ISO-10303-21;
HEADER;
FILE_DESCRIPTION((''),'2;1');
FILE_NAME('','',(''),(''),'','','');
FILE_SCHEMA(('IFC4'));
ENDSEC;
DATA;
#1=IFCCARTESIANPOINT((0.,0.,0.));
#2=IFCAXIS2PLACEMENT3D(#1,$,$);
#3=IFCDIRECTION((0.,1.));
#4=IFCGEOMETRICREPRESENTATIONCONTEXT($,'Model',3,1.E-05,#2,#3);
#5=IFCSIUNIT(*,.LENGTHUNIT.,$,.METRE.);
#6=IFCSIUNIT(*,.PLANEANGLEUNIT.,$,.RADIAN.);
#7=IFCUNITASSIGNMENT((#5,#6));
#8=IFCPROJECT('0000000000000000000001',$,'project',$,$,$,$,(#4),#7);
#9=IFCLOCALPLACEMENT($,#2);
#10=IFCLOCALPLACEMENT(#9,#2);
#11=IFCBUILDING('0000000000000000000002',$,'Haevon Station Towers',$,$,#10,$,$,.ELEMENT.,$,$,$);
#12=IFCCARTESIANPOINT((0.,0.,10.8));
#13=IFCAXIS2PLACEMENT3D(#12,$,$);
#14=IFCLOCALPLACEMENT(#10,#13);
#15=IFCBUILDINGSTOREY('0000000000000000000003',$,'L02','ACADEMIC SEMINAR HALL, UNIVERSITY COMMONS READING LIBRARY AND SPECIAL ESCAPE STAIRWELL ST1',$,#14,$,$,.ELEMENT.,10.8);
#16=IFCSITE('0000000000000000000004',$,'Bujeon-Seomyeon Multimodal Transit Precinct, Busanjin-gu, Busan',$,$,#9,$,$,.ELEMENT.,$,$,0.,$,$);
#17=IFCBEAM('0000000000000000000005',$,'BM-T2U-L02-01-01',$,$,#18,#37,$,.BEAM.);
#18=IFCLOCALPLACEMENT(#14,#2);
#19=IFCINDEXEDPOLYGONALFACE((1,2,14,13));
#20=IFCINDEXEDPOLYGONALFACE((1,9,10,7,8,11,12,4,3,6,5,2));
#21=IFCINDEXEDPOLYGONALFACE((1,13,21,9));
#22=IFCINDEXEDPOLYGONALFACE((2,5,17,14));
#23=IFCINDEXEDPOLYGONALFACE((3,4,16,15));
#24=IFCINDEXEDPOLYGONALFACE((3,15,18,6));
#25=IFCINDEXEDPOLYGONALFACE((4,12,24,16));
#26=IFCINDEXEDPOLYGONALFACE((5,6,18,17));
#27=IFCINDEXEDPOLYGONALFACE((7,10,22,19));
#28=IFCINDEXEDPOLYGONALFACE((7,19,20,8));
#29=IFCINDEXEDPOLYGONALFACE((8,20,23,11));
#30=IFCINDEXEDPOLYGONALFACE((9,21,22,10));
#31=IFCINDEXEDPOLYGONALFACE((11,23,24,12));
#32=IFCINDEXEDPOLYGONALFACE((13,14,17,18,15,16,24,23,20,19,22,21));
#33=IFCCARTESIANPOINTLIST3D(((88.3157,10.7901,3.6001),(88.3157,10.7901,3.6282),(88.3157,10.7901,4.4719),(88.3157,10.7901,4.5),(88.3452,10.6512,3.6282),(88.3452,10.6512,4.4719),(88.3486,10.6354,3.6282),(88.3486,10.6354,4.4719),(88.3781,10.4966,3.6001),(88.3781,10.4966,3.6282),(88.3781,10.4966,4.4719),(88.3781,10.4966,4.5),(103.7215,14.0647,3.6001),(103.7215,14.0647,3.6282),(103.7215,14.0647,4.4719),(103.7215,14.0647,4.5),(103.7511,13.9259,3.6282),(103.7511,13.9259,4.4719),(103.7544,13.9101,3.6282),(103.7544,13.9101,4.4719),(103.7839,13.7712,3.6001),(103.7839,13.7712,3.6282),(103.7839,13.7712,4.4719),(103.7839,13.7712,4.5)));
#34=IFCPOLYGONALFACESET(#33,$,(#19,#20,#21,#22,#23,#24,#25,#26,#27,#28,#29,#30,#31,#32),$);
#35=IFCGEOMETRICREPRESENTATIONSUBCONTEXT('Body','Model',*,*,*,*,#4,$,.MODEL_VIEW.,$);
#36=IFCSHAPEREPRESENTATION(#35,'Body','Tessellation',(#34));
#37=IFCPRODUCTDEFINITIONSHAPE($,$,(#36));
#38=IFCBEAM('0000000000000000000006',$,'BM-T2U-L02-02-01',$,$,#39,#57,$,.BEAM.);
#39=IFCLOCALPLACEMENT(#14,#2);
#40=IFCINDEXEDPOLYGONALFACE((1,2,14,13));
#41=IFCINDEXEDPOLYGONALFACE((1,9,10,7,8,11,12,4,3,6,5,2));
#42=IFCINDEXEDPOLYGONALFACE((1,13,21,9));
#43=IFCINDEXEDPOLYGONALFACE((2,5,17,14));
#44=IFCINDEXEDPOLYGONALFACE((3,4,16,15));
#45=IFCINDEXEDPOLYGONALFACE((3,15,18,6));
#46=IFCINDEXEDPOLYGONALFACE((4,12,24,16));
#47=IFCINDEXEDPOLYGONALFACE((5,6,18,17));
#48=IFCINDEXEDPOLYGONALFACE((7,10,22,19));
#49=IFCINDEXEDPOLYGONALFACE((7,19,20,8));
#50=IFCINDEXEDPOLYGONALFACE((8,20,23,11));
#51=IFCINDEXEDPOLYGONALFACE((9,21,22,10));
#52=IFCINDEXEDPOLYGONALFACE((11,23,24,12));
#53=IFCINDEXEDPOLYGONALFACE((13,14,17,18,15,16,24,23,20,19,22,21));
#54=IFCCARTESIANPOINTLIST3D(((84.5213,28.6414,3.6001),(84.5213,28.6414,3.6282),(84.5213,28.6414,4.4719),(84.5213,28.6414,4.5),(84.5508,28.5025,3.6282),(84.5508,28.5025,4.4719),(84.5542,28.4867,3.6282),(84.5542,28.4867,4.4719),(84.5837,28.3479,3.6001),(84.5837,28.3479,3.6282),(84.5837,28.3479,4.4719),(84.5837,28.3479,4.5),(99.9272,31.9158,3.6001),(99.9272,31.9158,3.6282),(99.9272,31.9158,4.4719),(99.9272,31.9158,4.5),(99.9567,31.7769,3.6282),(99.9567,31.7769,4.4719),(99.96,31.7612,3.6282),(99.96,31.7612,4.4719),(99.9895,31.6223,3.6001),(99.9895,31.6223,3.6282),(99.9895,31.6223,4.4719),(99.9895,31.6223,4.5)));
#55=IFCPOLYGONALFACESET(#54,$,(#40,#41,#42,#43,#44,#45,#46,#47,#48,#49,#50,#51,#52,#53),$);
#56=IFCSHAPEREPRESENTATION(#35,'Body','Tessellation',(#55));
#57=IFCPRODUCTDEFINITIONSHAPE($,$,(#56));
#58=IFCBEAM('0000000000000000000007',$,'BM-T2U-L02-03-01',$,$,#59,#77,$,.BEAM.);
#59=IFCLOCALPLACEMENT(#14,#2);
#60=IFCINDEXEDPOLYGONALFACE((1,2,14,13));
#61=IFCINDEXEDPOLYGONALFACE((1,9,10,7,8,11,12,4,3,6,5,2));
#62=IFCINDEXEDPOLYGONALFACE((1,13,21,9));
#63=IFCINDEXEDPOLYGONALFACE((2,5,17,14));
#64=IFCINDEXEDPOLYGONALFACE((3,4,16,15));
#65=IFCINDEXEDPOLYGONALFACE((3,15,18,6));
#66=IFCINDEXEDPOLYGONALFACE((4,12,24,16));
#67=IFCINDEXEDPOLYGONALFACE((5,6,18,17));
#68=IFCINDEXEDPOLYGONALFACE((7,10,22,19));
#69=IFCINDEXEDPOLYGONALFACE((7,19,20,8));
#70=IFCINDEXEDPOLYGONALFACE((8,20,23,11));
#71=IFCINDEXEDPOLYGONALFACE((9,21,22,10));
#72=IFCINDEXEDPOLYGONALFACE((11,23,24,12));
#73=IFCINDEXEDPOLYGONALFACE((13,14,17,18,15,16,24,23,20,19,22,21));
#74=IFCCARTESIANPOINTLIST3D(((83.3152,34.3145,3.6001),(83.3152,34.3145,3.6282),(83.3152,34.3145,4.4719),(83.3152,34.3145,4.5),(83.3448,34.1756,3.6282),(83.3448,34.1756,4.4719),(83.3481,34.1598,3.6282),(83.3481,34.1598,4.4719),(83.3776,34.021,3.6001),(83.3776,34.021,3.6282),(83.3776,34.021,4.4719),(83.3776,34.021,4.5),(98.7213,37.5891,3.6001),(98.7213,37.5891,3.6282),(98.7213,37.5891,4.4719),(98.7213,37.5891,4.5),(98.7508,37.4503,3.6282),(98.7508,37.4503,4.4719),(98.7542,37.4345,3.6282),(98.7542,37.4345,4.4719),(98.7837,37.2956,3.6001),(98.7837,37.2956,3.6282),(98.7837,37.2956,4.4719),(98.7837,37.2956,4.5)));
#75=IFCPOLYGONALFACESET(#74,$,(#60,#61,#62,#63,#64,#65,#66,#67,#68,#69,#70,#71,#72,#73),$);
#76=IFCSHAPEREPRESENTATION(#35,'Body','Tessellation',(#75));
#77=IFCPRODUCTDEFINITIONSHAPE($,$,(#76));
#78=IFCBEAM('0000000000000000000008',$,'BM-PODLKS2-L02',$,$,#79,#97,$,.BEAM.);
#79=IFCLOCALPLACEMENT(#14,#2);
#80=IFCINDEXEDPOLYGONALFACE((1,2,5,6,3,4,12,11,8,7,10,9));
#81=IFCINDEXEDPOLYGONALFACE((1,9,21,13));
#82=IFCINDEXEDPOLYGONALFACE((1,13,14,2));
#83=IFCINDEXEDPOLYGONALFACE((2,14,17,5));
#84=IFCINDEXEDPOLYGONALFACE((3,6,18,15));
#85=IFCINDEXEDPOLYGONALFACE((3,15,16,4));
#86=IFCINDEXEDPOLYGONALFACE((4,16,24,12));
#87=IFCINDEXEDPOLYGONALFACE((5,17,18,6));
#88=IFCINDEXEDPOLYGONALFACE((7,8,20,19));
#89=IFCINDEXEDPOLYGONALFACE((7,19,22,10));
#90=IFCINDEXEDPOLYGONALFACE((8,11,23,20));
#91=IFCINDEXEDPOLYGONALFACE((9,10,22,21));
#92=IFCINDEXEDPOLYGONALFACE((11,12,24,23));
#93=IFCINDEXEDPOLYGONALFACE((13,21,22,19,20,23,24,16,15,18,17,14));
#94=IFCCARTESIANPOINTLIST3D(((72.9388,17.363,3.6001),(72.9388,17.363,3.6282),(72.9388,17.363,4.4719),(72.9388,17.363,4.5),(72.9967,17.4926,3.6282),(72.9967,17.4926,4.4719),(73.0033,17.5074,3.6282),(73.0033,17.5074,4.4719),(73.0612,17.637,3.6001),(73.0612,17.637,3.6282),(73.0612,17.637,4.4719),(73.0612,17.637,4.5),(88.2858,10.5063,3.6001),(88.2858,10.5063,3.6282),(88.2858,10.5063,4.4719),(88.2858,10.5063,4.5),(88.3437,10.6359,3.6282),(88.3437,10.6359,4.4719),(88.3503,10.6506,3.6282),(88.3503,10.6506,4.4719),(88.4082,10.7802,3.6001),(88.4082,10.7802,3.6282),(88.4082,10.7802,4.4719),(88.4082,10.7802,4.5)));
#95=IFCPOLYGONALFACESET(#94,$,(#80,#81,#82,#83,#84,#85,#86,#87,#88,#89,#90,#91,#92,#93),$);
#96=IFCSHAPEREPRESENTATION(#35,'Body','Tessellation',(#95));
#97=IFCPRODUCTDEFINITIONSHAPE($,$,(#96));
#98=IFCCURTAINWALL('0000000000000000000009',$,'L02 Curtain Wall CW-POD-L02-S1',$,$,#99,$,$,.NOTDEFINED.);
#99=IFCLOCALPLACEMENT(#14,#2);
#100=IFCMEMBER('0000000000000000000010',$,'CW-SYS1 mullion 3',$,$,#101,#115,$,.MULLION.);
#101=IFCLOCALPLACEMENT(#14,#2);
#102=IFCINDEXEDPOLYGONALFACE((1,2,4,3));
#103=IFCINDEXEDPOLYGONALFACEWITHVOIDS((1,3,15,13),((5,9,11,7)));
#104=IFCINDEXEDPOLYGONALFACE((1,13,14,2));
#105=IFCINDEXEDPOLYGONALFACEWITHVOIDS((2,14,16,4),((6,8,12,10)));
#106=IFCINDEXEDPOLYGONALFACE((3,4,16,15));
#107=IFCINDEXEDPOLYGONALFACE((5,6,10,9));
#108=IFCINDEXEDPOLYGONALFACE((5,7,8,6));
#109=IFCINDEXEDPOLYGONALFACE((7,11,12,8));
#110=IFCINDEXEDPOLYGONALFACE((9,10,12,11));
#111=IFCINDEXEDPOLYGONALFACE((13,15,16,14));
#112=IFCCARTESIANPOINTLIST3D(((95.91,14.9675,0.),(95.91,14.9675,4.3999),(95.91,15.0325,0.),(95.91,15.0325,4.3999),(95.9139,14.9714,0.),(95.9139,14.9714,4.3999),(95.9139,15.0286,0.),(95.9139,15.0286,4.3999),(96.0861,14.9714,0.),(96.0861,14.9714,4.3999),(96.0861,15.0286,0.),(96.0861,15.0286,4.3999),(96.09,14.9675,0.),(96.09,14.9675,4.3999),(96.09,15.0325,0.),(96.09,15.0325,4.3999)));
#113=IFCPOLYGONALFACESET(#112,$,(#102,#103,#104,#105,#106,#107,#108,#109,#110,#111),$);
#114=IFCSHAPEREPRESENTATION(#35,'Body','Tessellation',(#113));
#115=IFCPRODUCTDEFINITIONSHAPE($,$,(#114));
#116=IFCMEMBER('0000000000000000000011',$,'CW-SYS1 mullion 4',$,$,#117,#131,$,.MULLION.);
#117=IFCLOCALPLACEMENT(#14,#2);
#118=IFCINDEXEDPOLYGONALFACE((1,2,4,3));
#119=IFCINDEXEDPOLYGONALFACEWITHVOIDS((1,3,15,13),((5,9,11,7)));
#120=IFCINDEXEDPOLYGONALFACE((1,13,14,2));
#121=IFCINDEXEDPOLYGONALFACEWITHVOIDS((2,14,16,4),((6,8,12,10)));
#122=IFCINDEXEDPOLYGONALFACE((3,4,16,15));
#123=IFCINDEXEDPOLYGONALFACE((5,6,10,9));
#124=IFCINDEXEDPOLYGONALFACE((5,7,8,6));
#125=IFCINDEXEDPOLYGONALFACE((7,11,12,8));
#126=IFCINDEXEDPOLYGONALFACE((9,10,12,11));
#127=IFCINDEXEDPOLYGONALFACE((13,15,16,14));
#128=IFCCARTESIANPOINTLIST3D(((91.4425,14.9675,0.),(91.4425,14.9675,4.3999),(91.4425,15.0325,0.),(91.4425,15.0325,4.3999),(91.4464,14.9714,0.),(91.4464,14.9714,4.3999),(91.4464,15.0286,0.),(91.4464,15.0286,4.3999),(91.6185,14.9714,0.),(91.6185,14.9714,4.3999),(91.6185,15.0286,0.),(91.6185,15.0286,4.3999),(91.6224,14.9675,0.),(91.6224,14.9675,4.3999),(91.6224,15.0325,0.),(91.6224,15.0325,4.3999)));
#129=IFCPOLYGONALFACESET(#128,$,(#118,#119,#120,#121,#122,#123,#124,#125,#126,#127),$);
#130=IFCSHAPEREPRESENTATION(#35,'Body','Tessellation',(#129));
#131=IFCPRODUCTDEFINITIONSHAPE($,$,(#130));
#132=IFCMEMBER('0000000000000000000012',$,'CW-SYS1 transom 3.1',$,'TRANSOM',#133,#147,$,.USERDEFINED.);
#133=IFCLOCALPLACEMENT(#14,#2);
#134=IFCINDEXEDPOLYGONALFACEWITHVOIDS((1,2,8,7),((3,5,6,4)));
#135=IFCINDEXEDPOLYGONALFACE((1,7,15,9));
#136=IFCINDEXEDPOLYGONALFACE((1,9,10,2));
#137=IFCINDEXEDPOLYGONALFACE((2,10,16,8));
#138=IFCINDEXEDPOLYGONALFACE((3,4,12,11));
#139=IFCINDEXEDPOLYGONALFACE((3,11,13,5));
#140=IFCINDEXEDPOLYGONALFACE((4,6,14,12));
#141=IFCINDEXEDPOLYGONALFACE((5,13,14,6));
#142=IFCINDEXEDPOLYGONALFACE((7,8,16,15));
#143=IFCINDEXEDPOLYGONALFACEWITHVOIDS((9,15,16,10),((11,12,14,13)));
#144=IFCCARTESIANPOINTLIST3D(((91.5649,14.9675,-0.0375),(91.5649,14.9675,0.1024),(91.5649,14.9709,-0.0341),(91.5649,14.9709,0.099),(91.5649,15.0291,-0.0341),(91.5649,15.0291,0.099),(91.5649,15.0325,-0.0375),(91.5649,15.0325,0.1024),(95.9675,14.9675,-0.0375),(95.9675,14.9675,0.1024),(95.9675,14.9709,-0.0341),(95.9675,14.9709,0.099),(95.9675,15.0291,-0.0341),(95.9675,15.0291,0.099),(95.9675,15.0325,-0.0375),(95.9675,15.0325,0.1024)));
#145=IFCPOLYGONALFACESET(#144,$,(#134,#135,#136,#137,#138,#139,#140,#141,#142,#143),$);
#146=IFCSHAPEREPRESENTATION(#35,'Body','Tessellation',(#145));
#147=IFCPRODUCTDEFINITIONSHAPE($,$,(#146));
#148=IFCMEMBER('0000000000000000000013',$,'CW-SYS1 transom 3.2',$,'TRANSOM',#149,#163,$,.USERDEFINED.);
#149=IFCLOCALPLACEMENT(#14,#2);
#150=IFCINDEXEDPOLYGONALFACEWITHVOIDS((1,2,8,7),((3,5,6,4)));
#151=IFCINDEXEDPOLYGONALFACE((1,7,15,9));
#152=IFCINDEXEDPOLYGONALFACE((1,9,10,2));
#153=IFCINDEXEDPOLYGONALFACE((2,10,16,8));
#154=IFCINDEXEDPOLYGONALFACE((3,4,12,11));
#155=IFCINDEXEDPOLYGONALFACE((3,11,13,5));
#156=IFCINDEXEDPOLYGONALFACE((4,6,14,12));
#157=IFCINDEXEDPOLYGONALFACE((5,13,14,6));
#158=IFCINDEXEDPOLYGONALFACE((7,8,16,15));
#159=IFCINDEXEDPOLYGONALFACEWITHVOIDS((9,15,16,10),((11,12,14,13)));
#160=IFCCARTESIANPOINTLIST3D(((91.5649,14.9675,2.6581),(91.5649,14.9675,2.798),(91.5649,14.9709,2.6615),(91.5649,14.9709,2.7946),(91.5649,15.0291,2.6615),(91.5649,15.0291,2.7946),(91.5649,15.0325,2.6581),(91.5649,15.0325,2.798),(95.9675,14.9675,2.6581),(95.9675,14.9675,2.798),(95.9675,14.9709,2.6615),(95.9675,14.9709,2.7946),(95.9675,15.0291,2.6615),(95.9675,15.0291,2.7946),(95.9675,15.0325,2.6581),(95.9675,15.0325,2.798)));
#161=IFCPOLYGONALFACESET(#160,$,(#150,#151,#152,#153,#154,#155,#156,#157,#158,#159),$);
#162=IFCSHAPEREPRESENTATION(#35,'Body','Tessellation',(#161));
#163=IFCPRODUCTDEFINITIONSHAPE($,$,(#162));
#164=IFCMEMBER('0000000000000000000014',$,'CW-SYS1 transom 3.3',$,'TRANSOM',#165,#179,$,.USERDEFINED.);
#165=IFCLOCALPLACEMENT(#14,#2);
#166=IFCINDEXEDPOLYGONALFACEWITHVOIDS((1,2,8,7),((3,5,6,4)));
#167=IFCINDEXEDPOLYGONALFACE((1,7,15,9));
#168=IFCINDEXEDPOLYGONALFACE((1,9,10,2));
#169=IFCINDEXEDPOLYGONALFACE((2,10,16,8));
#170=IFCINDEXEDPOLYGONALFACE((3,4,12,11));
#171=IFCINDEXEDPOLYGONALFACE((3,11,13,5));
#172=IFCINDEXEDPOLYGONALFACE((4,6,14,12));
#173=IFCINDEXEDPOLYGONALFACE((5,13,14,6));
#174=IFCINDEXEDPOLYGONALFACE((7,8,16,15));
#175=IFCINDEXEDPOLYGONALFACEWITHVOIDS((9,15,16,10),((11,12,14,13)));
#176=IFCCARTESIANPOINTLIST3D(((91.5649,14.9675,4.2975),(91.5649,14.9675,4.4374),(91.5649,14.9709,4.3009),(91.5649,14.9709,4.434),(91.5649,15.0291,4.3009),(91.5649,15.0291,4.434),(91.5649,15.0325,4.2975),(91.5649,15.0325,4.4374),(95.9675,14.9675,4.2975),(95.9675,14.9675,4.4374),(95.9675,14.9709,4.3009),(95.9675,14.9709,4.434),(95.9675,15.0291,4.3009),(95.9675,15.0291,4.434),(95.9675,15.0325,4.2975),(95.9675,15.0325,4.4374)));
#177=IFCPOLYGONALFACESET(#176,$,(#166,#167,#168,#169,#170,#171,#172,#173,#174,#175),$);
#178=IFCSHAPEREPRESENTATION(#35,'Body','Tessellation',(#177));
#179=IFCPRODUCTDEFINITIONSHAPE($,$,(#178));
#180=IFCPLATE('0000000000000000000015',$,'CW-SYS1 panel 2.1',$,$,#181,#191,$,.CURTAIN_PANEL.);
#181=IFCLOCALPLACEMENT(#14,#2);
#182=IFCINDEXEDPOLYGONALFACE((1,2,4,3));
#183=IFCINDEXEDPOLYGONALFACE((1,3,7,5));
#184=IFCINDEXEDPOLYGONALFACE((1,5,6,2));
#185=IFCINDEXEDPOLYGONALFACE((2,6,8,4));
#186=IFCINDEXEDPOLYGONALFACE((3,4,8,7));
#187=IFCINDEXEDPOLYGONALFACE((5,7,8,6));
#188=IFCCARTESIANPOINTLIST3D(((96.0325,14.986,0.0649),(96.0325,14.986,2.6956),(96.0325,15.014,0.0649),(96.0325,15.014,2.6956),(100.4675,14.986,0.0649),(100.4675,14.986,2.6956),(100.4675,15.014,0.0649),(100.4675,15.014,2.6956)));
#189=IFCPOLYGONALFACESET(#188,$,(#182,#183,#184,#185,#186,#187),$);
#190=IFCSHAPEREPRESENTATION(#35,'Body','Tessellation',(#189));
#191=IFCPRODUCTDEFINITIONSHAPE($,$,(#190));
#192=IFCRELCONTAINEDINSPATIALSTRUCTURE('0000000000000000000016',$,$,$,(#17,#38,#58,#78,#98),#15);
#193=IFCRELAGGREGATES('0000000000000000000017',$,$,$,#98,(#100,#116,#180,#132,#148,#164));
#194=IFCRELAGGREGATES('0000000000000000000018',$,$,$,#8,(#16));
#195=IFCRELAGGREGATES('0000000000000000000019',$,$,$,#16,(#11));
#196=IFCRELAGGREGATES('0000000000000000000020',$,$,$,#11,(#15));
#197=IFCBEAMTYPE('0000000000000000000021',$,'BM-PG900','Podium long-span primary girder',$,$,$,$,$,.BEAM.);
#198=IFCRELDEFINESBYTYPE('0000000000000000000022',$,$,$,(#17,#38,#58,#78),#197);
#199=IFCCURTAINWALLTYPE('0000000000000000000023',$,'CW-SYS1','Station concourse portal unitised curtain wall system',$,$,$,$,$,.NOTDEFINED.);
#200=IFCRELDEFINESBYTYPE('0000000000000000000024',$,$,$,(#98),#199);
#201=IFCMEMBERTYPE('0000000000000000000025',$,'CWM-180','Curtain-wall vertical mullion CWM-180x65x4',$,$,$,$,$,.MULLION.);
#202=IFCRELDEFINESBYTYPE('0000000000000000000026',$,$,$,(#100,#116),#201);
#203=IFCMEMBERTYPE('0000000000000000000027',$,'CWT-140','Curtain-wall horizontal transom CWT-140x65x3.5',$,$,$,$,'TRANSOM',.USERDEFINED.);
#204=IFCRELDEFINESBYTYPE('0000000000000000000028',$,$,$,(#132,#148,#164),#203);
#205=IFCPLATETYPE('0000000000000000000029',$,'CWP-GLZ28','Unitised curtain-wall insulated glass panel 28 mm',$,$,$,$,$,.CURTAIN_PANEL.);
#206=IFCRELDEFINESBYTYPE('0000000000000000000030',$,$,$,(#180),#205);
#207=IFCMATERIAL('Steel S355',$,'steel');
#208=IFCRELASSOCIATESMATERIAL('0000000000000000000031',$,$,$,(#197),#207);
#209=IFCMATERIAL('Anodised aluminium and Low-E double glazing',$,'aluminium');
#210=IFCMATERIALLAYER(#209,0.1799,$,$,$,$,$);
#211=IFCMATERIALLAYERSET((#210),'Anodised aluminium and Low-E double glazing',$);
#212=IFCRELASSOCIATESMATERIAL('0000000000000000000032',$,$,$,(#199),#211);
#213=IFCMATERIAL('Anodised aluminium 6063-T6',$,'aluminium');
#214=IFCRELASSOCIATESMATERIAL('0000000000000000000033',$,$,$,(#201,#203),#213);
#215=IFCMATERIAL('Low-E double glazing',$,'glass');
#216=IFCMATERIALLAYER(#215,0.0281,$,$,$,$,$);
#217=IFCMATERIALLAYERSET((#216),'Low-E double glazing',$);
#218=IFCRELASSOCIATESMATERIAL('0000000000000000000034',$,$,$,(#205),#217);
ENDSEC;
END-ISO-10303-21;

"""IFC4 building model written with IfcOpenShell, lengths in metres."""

from ifc_helpers import new_model, si_unit, direction, frame, origin, origin_2d, place, context, subcontext, project, spatial, rectangle, hollow_rectangle, i_section, extrude, material, layer, layer_set, material_profile, profile_set, type_object, element, aggregate, save


model = new_model("IFC4")

# Units and contexts
model_context = context("Model", 3, precision=1e-05, world=origin(), true_north=direction((0.0, 1.0)))
body_context = subcontext(model_context, "Body", "Model", "MODEL_VIEW")
ifc_project = project(units=[si_unit("LENGTHUNIT", "METRE"), si_unit("PLANEANGLEUNIT", "RADIAN")], contexts=[model_context])

# Site, building, storey
site_placement = place(None, origin())
site = spatial("IfcSite", under=ifc_project, at=site_placement, Name="Bujeon-Seomyeon Multimodal Transit Precinct, Busanjin-gu, Busan", CompositionType="ELEMENT", RefElevation=0.0)
building_placement = place(site_placement, origin())
building = spatial("IfcBuilding", under=site, at=building_placement, Name="Haevon Station Towers", CompositionType="ELEMENT")
storey_placement = place(building_placement, frame((0.0, 0.0, 10.8)))
storey = spatial("IfcBuildingStorey", under=building, at=storey_placement, Name="L02", Description="ACADEMIC SEMINAR HALL, UNIVERSITY COMMONS READING LIBRARY AND SPECIAL ESCAPE STAIRWELL ST1", CompositionType="ELEMENT", Elevation=10.8)

# Beams
ifc_material_1 = material(Name="Steel S355", Category="steel")
ifc_material_profile_1 = material_profile(ifc_material_1, i_section(OverallWidth=0.3, OverallDepth=0.8999, WebThickness=0.0161, FlangeThickness=0.0281, at=origin_2d()), Name="H-900x300x16x28")
ifc_profile_set_1 = profile_set([ifc_material_profile_1], Name="Steel S355")
beam_type_1 = type_object("IfcBeamType", Name="BM-PG900", Description="Podium long-span primary girder", PredefinedType="BEAM", material=ifc_profile_set_1)
for number, where, z_axis, x_axis, name in (
    (1, (88.3469, 10.6433, 4.05), (0.978147, 0.207915, 0.0), (-0.207915, 0.978147, 0.0), "BM-T2U-L02-01-01"),
    (2, (84.5525, 28.4946, 4.05), (0.97815, 0.207901, 0.0), (-0.207901, 0.97815, 0.0), "BM-T2U-L02-02-01"),
):
    element("IfcBeam", number, at=place(storey_placement, frame(where, z_axis=z_axis, x_axis=x_axis)), inside=storey, type_object=beam_type_1, Name=name, PredefinedType="BEAM", context=body_context, shape_type="SweptSolid", body=[
        extrude(i_section(OverallWidth=0.3, OverallDepth=0.8999, WebThickness=0.0161, FlangeThickness=0.0281, at=origin_2d()), origin(), (0.0, 0.0, 1.0), 15.75),
    ])
beam_1_placement = place(storey_placement, frame((83.3464, 34.1677, 4.05), z_axis=(0.978147, 0.207912, 0.0), x_axis=(-0.207912, 0.978147, 0.0)))
element("IfcBeam", 3, at=beam_1_placement, inside=storey, type_object=beam_type_1, Name="BM-T2U-L02-03-01", PredefinedType="BEAM", context=body_context, shape_type="SweptSolid", body=[
    extrude(i_section(OverallWidth=0.3, OverallDepth=0.8999, WebThickness=0.0161, FlangeThickness=0.0281, at=origin_2d()), origin(), (0.0, 0.0, 1.0), 15.7502),
])
beam_2_placement = place(storey_placement, frame((73.0, 17.5, 4.05), z_axis=(0.913019, -0.407918, 0.0), x_axis=(0.407918, 0.913019, 0.0)))
element("IfcBeam", 4, at=beam_2_placement, inside=storey, type_object=beam_type_1, Name="BM-PODLKS2-L02", PredefinedType="BEAM", context=body_context, shape_type="SweptSolid", body=[
    extrude(i_section(OverallWidth=0.3, OverallDepth=0.8999, WebThickness=0.0161, FlangeThickness=0.0281, at=origin_2d()), origin(), (0.0, 0.0, 1.0), 16.8091),
])

# Curtain wall, members, plate
ifc_material_2 = material(Name="Anodised aluminium and Low-E double glazing", Category="aluminium")
ifc_layer_1 = layer(ifc_material_2, 0.1799)
ifc_layer_set_1 = layer_set([ifc_layer_1], Name="Anodised aluminium and Low-E double glazing")
curtain_wall_type = type_object("IfcCurtainWallType", Name="CW-SYS1", Description="Station concourse portal unitised curtain wall system", PredefinedType="NOTDEFINED", material=ifc_layer_set_1)
curtain_wall_placement = place(storey_placement, origin())
curtain_wall = element("IfcCurtainWall", 5, at=curtain_wall_placement, inside=storey, type_object=curtain_wall_type, Name="L02 Curtain Wall CW-POD-L02-S1", PredefinedType="NOTDEFINED")
ifc_material_3 = material(Name="Anodised aluminium 6063-T6", Category="aluminium")
ifc_material_profile_2 = material_profile(ifc_material_3, hollow_rectangle(XDim=0.0649, YDim=0.1799, WallThickness=0.0039, at=origin_2d()), Name="CWM-180x65x4")
ifc_profile_set_2 = profile_set([ifc_material_profile_2], Name="Anodised aluminium 6063-T6")
member_type_1 = type_object("IfcMemberType", Name="CWM-180", Description="Curtain-wall vertical mullion CWM-180x65x4", PredefinedType="MULLION", material=ifc_profile_set_2)
member_1_placement = place(storey_placement, frame((96.0, 15.0, 0.0), z_axis=(0.0, 0.0, 1.0), x_axis=(0.0, -1.0, 0.0)))
member_1 = element("IfcMember", 6, at=member_1_placement, type_object=member_type_1, Name="CW-SYS1 mullion 3", PredefinedType="MULLION", context=body_context, shape_type="SweptSolid", body=[
    extrude(hollow_rectangle(XDim=0.0649, YDim=0.1799, WallThickness=0.0039, at=origin_2d()), origin(), (0.0, 0.0, 1.0), 4.3999),
])
member_2_placement = place(storey_placement, frame((91.5325, 15.0, 0.0), z_axis=(0.0, 0.0, 1.0), x_axis=(0.0, -1.0, 0.0)))
member_2 = element("IfcMember", 7, at=member_2_placement, type_object=member_type_1, Name="CW-SYS1 mullion 4", PredefinedType="MULLION", context=body_context, shape_type="SweptSolid", body=[
    extrude(hollow_rectangle(XDim=0.0649, YDim=0.1799, WallThickness=0.0039, at=origin_2d()), origin(), (0.0, 0.0, 1.0), 4.3999),
])
ifc_material_profile_3 = material_profile(ifc_material_3, hollow_rectangle(XDim=0.0649, YDim=0.1399, WallThickness=0.0034, at=origin_2d()), Name="CWT-140x65x3.5")
ifc_profile_set_3 = profile_set([ifc_material_profile_3], Name="Anodised aluminium 6063-T6")
member_type_2 = type_object("IfcMemberType", Name="CWT-140", Description="Curtain-wall horizontal transom CWT-140x65x3.5", ElementType="TRANSOM", PredefinedType="USERDEFINED", material=ifc_profile_set_3)
member_3_placement = place(storey_placement, frame((95.9675, 15.0, 0.0325), z_axis=(-1.0, 0.0, 0.0), x_axis=(0.0, -1.0, 0.0)))
member_3 = element("IfcMember", 8, at=member_3_placement, type_object=member_type_2, Name="CW-SYS1 transom 3.1", ObjectType="TRANSOM", PredefinedType="USERDEFINED", context=body_context, shape_type="SweptSolid", body=[
    extrude(hollow_rectangle(XDim=0.0649, YDim=0.1399, WallThickness=0.0034, at=origin_2d()), origin(), (0.0, 0.0, 1.0), 4.4026),
])
member_4_placement = place(storey_placement, frame((95.9675, 15.0, 2.728), z_axis=(-1.0, 0.0, 0.0), x_axis=(0.0, -1.0, 0.0)))
member_4 = element("IfcMember", 9, at=member_4_placement, type_object=member_type_2, Name="CW-SYS1 transom 3.2", ObjectType="TRANSOM", PredefinedType="USERDEFINED", context=body_context, shape_type="SweptSolid", body=[
    extrude(hollow_rectangle(XDim=0.0649, YDim=0.1399, WallThickness=0.0034, at=origin_2d()), origin(), (0.0, 0.0, 1.0), 4.4026),
])
member_5_placement = place(storey_placement, frame((95.9675, 15.0, 4.3674), z_axis=(-1.0, 0.0, 0.0), x_axis=(0.0, -1.0, 0.0)))
member_5 = element("IfcMember", 10, at=member_5_placement, type_object=member_type_2, Name="CW-SYS1 transom 3.3", ObjectType="TRANSOM", PredefinedType="USERDEFINED", context=body_context, shape_type="SweptSolid", body=[
    extrude(hollow_rectangle(XDim=0.0649, YDim=0.1399, WallThickness=0.0034, at=origin_2d()), origin(), (0.0, 0.0, 1.0), 4.4026),
])
ifc_material_4 = material(Name="Low-E double glazing", Category="glass")
ifc_layer_2 = layer(ifc_material_4, 0.0281)
ifc_layer_set_2 = layer_set([ifc_layer_2], Name="Low-E double glazing")
plate_type = type_object("IfcPlateType", Name="CWP-GLZ28", Description="Unitised curtain-wall insulated glass panel 28 mm", PredefinedType="CURTAIN_PANEL", material=ifc_layer_set_2)
plate_1_placement = place(storey_placement, frame((98.25, 15.0, 0.0649), z_axis=(0.0, 0.0, 1.0), x_axis=(-1.0, 0.0, 0.0)))
plate_1 = element("IfcPlate", 11, at=plate_1_placement, type_object=plate_type, Name="CW-SYS1 panel 2.1", PredefinedType="CURTAIN_PANEL", context=body_context, shape_type="SweptSolid", body=[
    extrude(rectangle(XDim=4.4351, YDim=0.0281, at=origin_2d()), origin(), (0.0, 0.0, 1.0), 2.6306),
])
aggregate(curtain_wall, [member_1, member_2, plate_1, member_3, member_4, member_5])

save(model, "model.ifc")
